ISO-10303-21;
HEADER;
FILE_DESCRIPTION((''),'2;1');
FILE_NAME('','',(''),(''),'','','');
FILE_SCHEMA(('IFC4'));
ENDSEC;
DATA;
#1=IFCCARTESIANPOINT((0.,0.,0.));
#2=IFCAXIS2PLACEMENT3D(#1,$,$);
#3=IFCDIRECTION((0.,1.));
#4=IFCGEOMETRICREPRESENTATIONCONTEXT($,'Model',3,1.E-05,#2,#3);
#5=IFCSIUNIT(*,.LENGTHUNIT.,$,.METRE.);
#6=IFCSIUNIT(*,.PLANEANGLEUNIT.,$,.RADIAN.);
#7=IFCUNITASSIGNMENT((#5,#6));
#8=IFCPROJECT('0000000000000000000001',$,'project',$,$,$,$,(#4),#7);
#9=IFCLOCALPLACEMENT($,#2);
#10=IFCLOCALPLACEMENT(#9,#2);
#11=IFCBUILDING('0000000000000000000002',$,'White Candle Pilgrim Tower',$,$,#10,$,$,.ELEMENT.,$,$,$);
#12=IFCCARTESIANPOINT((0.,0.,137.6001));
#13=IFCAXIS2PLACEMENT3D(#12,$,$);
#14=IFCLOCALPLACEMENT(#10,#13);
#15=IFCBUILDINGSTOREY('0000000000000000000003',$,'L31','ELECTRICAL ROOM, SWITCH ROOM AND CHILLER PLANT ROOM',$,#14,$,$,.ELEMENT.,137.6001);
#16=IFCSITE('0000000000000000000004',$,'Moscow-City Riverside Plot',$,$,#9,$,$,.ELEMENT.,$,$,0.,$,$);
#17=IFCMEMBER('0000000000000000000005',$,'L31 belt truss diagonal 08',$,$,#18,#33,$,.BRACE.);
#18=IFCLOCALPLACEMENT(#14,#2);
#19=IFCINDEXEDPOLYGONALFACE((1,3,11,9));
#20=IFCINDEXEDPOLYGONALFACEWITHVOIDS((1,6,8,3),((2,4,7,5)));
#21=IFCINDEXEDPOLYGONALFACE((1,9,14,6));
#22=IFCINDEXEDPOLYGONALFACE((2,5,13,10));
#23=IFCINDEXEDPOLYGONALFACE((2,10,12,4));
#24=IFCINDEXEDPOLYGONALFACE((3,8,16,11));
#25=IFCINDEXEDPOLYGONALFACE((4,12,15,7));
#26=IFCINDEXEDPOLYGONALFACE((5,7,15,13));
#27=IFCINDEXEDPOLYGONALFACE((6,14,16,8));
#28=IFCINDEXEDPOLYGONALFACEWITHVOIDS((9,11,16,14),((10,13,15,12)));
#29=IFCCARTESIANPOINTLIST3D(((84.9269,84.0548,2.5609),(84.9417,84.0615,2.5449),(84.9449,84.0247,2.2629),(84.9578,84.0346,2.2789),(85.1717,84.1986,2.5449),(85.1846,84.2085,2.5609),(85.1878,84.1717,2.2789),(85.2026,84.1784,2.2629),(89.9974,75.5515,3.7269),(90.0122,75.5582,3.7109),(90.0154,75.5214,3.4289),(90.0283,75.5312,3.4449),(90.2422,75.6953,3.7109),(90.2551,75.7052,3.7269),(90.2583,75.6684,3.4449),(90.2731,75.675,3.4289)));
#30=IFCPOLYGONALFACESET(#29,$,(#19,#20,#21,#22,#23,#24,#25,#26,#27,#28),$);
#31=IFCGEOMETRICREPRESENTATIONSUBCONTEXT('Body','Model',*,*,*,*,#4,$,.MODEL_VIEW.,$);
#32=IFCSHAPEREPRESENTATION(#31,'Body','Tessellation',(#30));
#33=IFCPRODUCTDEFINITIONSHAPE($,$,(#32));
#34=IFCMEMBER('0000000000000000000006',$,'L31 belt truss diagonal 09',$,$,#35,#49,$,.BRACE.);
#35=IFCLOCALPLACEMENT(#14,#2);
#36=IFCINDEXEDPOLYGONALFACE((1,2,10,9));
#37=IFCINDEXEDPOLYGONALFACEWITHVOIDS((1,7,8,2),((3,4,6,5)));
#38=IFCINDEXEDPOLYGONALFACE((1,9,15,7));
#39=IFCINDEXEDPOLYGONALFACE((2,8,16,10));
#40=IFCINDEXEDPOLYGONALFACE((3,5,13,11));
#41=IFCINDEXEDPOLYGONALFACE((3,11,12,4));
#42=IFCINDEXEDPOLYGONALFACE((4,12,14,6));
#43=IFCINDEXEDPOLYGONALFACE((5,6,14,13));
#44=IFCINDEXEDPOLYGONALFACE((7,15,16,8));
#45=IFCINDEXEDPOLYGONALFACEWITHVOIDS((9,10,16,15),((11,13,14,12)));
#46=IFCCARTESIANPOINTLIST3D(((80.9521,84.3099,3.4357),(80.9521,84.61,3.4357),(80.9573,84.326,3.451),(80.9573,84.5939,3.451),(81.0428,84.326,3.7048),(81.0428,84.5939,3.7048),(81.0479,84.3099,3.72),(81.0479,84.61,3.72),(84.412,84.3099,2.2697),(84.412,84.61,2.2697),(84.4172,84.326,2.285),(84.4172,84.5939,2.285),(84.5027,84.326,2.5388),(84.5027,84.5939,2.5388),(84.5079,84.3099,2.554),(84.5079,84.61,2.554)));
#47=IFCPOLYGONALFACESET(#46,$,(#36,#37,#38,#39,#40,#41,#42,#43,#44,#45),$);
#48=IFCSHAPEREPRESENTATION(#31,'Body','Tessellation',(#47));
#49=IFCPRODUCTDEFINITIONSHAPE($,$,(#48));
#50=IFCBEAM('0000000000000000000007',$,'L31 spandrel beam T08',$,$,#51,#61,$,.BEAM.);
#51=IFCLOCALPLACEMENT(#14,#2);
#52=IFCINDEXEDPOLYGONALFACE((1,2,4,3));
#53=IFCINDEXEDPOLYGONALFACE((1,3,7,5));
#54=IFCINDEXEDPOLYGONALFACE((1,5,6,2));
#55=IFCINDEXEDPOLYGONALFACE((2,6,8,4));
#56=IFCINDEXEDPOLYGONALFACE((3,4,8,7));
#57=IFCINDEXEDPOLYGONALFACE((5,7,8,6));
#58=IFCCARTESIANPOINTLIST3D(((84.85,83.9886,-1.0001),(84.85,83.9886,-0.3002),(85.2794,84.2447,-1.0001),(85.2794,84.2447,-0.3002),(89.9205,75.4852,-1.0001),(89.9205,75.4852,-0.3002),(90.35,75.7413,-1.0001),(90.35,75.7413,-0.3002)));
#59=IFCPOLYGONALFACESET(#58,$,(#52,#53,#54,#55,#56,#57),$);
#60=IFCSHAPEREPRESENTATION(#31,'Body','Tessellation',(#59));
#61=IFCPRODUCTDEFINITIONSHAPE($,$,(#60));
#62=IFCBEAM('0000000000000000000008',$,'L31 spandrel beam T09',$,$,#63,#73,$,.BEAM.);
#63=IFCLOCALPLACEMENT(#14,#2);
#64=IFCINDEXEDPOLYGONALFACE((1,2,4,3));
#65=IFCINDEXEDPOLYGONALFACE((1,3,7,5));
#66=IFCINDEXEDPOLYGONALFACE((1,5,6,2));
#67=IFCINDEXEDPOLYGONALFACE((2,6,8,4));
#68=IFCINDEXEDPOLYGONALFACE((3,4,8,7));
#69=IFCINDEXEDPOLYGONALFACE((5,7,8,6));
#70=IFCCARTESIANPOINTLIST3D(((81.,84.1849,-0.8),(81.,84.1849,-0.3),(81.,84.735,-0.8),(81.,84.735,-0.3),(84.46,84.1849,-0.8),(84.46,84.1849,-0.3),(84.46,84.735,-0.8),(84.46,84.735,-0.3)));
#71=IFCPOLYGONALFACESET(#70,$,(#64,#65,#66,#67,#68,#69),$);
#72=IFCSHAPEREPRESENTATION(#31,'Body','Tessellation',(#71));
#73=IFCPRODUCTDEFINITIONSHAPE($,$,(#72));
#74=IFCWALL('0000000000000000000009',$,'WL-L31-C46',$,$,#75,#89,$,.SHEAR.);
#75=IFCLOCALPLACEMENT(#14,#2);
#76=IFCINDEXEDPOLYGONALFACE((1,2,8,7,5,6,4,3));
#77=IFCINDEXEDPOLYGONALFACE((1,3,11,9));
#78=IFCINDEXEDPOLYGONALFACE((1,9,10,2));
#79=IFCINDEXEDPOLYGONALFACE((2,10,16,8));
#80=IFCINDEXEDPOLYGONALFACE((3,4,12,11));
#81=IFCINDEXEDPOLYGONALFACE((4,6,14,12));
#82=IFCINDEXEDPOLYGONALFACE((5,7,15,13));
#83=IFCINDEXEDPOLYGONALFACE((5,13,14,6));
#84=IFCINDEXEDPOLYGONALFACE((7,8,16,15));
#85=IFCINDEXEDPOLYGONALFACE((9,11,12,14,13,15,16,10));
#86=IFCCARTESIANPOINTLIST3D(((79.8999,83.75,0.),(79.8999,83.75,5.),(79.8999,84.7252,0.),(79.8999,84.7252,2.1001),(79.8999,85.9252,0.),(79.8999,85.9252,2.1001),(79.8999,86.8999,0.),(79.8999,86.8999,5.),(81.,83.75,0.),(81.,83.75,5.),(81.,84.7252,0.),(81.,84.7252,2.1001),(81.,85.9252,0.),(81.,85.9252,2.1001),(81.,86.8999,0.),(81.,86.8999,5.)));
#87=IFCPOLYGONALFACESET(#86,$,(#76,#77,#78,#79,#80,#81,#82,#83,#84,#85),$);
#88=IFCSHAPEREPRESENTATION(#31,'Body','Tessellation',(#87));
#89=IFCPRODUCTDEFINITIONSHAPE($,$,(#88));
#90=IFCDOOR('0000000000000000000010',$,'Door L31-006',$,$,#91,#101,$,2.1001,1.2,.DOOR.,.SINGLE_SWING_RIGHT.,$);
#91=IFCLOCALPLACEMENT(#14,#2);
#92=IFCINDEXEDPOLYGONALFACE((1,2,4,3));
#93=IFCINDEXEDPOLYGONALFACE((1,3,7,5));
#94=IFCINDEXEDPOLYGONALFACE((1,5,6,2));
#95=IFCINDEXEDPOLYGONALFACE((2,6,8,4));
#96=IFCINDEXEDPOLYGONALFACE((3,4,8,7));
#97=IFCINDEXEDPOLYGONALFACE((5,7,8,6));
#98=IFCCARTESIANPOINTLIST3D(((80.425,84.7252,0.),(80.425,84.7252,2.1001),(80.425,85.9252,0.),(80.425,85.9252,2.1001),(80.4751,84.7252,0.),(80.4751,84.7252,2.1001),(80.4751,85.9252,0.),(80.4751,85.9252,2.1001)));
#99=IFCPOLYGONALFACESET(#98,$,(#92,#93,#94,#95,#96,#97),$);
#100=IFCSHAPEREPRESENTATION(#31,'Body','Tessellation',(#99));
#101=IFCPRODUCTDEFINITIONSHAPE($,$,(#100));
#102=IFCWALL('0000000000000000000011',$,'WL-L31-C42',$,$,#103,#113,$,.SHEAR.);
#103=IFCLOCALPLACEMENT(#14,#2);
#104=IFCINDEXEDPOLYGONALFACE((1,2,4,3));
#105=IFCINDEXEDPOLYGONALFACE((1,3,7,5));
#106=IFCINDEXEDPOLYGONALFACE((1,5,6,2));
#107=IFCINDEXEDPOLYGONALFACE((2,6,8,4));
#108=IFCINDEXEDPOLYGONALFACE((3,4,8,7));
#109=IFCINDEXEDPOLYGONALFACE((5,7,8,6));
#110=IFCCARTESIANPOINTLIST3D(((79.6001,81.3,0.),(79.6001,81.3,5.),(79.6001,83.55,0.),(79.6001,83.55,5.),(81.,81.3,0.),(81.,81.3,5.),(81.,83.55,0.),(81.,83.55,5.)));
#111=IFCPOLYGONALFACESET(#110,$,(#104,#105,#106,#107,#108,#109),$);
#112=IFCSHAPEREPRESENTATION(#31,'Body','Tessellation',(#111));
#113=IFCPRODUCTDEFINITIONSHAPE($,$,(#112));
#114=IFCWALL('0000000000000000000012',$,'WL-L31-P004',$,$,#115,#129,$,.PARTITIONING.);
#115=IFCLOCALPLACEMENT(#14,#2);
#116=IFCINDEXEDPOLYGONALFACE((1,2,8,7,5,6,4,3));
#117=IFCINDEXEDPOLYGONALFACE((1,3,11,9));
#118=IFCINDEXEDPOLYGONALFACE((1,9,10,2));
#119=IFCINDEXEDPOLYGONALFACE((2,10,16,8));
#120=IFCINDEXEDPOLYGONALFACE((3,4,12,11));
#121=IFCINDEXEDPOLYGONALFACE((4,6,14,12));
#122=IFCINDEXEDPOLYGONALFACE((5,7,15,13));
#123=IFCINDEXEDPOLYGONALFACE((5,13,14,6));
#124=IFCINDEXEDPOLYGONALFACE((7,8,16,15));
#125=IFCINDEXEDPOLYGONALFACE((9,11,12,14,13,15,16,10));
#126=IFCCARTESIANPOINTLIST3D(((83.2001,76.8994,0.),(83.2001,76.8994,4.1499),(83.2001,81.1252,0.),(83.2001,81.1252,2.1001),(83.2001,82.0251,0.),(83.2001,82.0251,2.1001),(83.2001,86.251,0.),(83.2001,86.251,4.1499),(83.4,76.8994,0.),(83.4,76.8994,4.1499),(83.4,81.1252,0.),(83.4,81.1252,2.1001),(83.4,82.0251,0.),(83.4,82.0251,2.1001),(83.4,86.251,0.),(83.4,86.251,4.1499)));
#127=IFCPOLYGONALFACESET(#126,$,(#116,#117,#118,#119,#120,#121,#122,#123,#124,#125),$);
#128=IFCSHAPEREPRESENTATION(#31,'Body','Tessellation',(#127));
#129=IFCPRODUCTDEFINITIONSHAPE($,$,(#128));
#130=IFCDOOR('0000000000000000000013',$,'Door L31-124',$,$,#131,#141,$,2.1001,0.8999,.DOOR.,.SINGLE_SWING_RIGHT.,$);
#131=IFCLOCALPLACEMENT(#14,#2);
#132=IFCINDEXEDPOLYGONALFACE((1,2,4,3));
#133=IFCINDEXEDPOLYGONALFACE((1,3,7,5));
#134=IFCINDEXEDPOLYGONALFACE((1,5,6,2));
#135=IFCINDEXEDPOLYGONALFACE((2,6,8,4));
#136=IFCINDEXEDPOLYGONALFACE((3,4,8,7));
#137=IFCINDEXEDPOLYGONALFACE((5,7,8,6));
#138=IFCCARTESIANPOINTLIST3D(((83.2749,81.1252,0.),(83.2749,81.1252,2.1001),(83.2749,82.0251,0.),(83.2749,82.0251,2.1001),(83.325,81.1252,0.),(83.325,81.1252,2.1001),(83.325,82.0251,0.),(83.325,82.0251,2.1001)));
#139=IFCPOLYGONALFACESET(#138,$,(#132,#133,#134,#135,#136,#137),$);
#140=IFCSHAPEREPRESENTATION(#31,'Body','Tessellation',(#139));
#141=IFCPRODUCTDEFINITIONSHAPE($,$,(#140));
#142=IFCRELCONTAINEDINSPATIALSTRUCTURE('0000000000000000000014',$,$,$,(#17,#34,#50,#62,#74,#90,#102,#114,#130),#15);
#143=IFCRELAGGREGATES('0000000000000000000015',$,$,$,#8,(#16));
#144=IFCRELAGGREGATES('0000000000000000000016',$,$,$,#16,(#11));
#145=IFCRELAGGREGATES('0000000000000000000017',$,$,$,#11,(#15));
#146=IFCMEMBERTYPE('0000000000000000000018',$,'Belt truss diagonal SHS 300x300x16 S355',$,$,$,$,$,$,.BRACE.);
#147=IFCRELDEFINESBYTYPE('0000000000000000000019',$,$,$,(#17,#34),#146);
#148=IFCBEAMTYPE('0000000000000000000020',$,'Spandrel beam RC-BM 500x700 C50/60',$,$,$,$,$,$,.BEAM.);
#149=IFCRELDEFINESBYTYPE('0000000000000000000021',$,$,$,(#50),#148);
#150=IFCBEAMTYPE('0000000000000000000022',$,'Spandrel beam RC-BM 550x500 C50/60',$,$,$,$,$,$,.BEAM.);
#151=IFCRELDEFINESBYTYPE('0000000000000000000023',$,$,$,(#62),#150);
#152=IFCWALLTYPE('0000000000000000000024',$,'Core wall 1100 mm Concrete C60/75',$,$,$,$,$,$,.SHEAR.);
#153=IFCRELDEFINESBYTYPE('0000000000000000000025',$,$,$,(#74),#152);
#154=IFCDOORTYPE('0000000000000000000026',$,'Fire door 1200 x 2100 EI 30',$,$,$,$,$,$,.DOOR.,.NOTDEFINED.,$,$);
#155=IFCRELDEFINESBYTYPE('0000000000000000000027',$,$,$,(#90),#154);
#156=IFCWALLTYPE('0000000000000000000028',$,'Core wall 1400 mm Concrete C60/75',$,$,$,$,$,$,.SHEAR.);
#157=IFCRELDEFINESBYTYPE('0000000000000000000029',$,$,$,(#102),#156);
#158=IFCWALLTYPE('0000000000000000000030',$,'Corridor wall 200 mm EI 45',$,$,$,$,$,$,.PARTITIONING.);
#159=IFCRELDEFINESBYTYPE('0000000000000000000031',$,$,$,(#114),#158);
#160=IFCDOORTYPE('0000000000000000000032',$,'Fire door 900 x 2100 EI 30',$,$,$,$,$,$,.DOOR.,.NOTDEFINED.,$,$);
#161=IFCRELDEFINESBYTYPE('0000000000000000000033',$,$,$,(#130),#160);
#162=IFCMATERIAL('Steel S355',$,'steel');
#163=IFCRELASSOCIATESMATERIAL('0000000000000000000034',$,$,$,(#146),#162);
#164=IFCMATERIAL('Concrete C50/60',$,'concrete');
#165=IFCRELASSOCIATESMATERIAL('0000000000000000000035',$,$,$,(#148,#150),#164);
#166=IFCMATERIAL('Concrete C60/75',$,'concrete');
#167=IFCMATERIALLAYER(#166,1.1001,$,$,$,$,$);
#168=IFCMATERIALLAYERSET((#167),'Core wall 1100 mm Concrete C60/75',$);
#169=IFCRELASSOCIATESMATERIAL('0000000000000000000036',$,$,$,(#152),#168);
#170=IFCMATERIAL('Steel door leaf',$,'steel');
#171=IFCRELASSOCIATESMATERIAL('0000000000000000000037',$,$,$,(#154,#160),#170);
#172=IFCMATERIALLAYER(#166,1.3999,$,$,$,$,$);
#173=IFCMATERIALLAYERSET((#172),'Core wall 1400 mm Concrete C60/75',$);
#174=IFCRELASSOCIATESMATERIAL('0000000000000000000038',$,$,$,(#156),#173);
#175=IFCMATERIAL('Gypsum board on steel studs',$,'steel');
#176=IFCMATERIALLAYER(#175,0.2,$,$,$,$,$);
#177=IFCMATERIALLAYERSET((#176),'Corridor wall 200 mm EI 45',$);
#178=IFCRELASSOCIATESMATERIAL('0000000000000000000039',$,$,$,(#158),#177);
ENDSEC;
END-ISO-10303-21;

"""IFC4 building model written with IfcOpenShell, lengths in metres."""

from ifc_helpers import new_model, si_unit, direction, frame, frame_2d, origin, origin_2d, place, context, subcontext, project, spatial, rectangle, hollow_rectangle, extrude, material, layer, layer_set, material_profile, profile_set, type_object, element, fill, save


model = new_model("IFC4")

# Units and contexts
model_context = context("Model", 3, precision=1e-05, world=origin(), true_north=direction((0.0, 1.0)))
body_context = subcontext(model_context, "Body", "Model", "MODEL_VIEW")
ifc_project = project(units=[si_unit("LENGTHUNIT", "METRE"), si_unit("PLANEANGLEUNIT", "RADIAN")], contexts=[model_context])

# Site, building, storey
site_placement = place(None, origin())
site = spatial("IfcSite", under=ifc_project, at=site_placement, Name="Moscow-City Riverside Plot", CompositionType="ELEMENT", RefElevation=0.0)
building_placement = place(site_placement, origin())
building = spatial("IfcBuilding", under=site, at=building_placement, Name="White Candle Pilgrim Tower", CompositionType="ELEMENT")
storey_placement = place(building_placement, frame((0.0, 0.0, 137.6001)))
storey = spatial("IfcBuildingStorey", under=building, at=storey_placement, Name="L31", Description="ELECTRICAL ROOM, SWITCH ROOM AND CHILLER PLANT ROOM", CompositionType="ELEMENT", Elevation=137.6001)

# Shared definitions
ifc_material_1 = material(Name="Steel S355", Category="steel")

# Members
ifc_material_profile_1 = material_profile(ifc_material_1, hollow_rectangle(XDim=0.3, YDim=0.3, WallThickness=0.0161, at=origin_2d()), Name="SHS 300x300x16")
ifc_profile_set_1 = profile_set([ifc_material_profile_1], Name="Steel S355")
member_type_1 = type_object("IfcMemberType", Name="Belt truss diagonal SHS 300x300x16 S355", PredefinedType="BRACE", material=ifc_profile_set_1)
member_1_placement = place(storey_placement, frame((90.1353, 75.6133, 3.5779), z_axis=(-0.508639, 0.852998, -0.116966), x_axis=(-0.858893, -0.512155, 0.0)))
element("IfcMember", 1, at=member_1_placement, inside=storey, type_object=member_type_1, Name="L31 belt truss diagonal 08", PredefinedType="BRACE", context=body_context, shape_type="SweptSolid", body=[
    extrude(hollow_rectangle(XDim=0.3, YDim=0.3, WallThickness=0.0161, at=origin_2d()), origin(), (0.0, 0.0, 1.0), 9.9688),
])
member_2_placement = place(storey_placement, frame((84.46, 84.46, 2.4119), z_axis=(-0.947635, 0.0, 0.319355), x_axis=(0.0, -1.0, 0.0)))
element("IfcMember", 2, at=member_2_placement, inside=storey, type_object=member_type_1, Name="L31 belt truss diagonal 09", PredefinedType="BRACE", context=body_context, shape_type="SweptSolid", body=[
    extrude(hollow_rectangle(XDim=0.3, YDim=0.3, WallThickness=0.0161, at=origin_2d()), origin(), (0.0, 0.0, 1.0), 3.6511),
])

# Beams
ifc_material_2 = material(Name="Concrete C50/60", Category="concrete")
ifc_material_profile_2 = material_profile(ifc_material_2, rectangle(XDim=0.5, YDim=0.7, at=origin_2d()), Name="RC-BM 500x700")
ifc_profile_set_2 = profile_set([ifc_material_profile_2], Name="Concrete C50/60")
beam_type_1 = type_object("IfcBeamType", Name="Spandrel beam RC-BM 500x700 C50/60", PredefinedType="BEAM", material=ifc_profile_set_2)
beam_1_placement = place(storey_placement, frame((90.1353, 75.6133, -0.6501), z_axis=(-0.512155, 0.858893, 0.0), x_axis=(-0.858893, -0.512155, 0.0)))
element("IfcBeam", 3, at=beam_1_placement, inside=storey, type_object=beam_type_1, Name="L31 spandrel beam T08", PredefinedType="BEAM", context=body_context, shape_type="SweptSolid", body=[
    extrude(rectangle(XDim=0.5, YDim=0.7, at=origin_2d()), origin(), (0.0, 0.0, 1.0), 9.9004),
])
ifc_material_profile_3 = material_profile(ifc_material_2, rectangle(XDim=0.55, YDim=0.5, at=origin_2d()), Name="RC-BM 550x500")
ifc_profile_set_3 = profile_set([ifc_material_profile_3], Name="Concrete C50/60")
beam_type_2 = type_object("IfcBeamType", Name="Spandrel beam RC-BM 550x500 C50/60", PredefinedType="BEAM", material=ifc_profile_set_3)
beam_2_placement = place(storey_placement, frame((84.46, 84.46, -0.55), z_axis=(-1.0, 0.0, 0.0), x_axis=(0.0, -1.0, 0.0)))
element("IfcBeam", 4, at=beam_2_placement, inside=storey, type_object=beam_type_2, Name="L31 spandrel beam T09", PredefinedType="BEAM", context=body_context, shape_type="SweptSolid", body=[
    extrude(rectangle(XDim=0.55, YDim=0.5, at=origin_2d()), origin(), (0.0, 0.0, 1.0), 3.46),
])

# Wall, opening, door
ifc_material_3 = material(Name="Concrete C60/75", Category="concrete")
ifc_layer_1 = layer(ifc_material_3, 1.1001)
ifc_layer_set_1 = layer_set([ifc_layer_1], Name="Core wall 1100 mm Concrete C60/75")
wall_type_1 = type_object("IfcWallType", Name="Core wall 1100 mm Concrete C60/75", PredefinedType="SHEAR", material=ifc_layer_set_1)
wall_1_placement = place(storey_placement, frame((80.45, 83.75, 0.0), z_axis=(0.0, 0.0, 1.0), x_axis=(0.0, 1.0, 0.0)))
wall_1 = element("IfcWall", 5, at=wall_1_placement, inside=storey, type_object=wall_type_1, Name="WL-L31-C46", PredefinedType="SHEAR", context=body_context, shape_type="SweptSolid", body=[
    extrude(rectangle(XDim=3.1499, YDim=1.1001, at=frame_2d((1.575, 0.0))), origin(), (0.0, 0.0, 1.0), 5.0),
])
opening_1_placement = place(wall_1_placement, frame((0.9751, 0.0, 0.0)))
opening_1 = element("IfcOpeningElement", 6, at=opening_1_placement, cuts=wall_1, PredefinedType="OPENING", context=body_context, shape_type="SweptSolid", body=[
    extrude(rectangle(XDim=1.2, YDim=2.1001, at=frame_2d((0.6001, 1.05))), frame((0.0, 0.5601, 0.0), z_axis=(0.0, -1.0, 0.0), x_axis=(1.0, 0.0, 0.0)), (0.0, 0.0, 1.0), 1.1201),
])
ifc_material_4 = material(Name="Steel door leaf", Category="steel")
door_type_1 = type_object("IfcDoorType", Name="Fire door 1200 x 2100 EI 30", OperationType="NOTDEFINED", PredefinedType="DOOR", material=ifc_material_4)
door_1_placement = place(opening_1_placement, origin())
door_1 = element("IfcDoor", 7, at=door_1_placement, inside=storey, type_object=door_type_1, Name="Door L31-006", OperationType="SINGLE_SWING_RIGHT", OverallHeight=2.1001, OverallWidth=1.2, PredefinedType="DOOR", context=body_context, shape_type="SweptSolid", body=[
    extrude(rectangle(XDim=1.2, YDim=2.1001, at=frame_2d((0.6001, 1.05))), frame((0.0, 0.0249, 0.0), z_axis=(0.0, -1.0, 0.0), x_axis=(1.0, 0.0, 0.0)), (0.0, 0.0, 1.0), 0.05),
])
fill(opening_1, door_1)

# Wall
ifc_layer_2 = layer(ifc_material_3, 1.3999)
ifc_layer_set_2 = layer_set([ifc_layer_2], Name="Core wall 1400 mm Concrete C60/75")
wall_type_2 = type_object("IfcWallType", Name="Core wall 1400 mm Concrete C60/75", PredefinedType="SHEAR", material=ifc_layer_set_2)
wall_2_placement = place(storey_placement, frame((80.3, 81.3, 0.0), z_axis=(0.0, 0.0, 1.0), x_axis=(0.0, 1.0, 0.0)))
element("IfcWall", 8, at=wall_2_placement, inside=storey, type_object=wall_type_2, Name="WL-L31-C42", PredefinedType="SHEAR", context=body_context, shape_type="SweptSolid", body=[
    extrude(rectangle(XDim=2.25, YDim=1.3999, at=frame_2d((1.125, 0.0))), origin(), (0.0, 0.0, 1.0), 5.0),
])

# Wall, opening, door
ifc_material_5 = material(Name="Gypsum board on steel studs", Category="steel")
ifc_layer_3 = layer(ifc_material_5, 0.2)
ifc_layer_set_3 = layer_set([ifc_layer_3], Name="Corridor wall 200 mm EI 45")
wall_type_3 = type_object("IfcWallType", Name="Corridor wall 200 mm EI 45", PredefinedType="PARTITIONING", material=ifc_layer_set_3)
wall_3_placement = place(storey_placement, frame((83.3, 86.251, 0.0), z_axis=(0.0, 0.0, 1.0), x_axis=(0.0, -1.0, 0.0)))
wall_3 = element("IfcWall", 9, at=wall_3_placement, inside=storey, type_object=wall_type_3, Name="WL-L31-P004", PredefinedType="PARTITIONING", context=body_context, shape_type="SweptSolid", body=[
    extrude(rectangle(XDim=9.3516, YDim=0.2, at=frame_2d((4.6758, 0.0))), origin(), (0.0, 0.0, 1.0), 4.1499),
])
opening_2_placement = place(wall_3_placement, frame((4.2258, 0.0, 0.0)))
opening_2 = element("IfcOpeningElement", 10, at=opening_2_placement, cuts=wall_3, PredefinedType="OPENING", context=body_context, shape_type="SweptSolid", body=[
    extrude(rectangle(XDim=0.8999, YDim=2.1001, at=frame_2d((0.45, 1.05))), frame((0.0, 0.1099, 0.0), z_axis=(0.0, -1.0, 0.0), x_axis=(1.0, 0.0, 0.0)), (0.0, 0.0, 1.0), 0.22),
])
door_type_2 = type_object("IfcDoorType", Name="Fire door 900 x 2100 EI 30", OperationType="NOTDEFINED", PredefinedType="DOOR", material=ifc_material_4)
door_2_placement = place(opening_2_placement, origin())
door_2 = element("IfcDoor", 11, at=door_2_placement, inside=storey, type_object=door_type_2, Name="Door L31-124", OperationType="SINGLE_SWING_RIGHT", OverallHeight=2.1001, OverallWidth=0.8999, PredefinedType="DOOR", context=body_context, shape_type="SweptSolid", body=[
    extrude(rectangle(XDim=0.8999, YDim=2.1001, at=frame_2d((0.45, 1.05))), frame((0.0, 0.0249, 0.0), z_axis=(0.0, -1.0, 0.0), x_axis=(1.0, 0.0, 0.0)), (0.0, 0.0, 1.0), 0.05),
])
fill(opening_2, door_2)

save(model, "model.ifc")
